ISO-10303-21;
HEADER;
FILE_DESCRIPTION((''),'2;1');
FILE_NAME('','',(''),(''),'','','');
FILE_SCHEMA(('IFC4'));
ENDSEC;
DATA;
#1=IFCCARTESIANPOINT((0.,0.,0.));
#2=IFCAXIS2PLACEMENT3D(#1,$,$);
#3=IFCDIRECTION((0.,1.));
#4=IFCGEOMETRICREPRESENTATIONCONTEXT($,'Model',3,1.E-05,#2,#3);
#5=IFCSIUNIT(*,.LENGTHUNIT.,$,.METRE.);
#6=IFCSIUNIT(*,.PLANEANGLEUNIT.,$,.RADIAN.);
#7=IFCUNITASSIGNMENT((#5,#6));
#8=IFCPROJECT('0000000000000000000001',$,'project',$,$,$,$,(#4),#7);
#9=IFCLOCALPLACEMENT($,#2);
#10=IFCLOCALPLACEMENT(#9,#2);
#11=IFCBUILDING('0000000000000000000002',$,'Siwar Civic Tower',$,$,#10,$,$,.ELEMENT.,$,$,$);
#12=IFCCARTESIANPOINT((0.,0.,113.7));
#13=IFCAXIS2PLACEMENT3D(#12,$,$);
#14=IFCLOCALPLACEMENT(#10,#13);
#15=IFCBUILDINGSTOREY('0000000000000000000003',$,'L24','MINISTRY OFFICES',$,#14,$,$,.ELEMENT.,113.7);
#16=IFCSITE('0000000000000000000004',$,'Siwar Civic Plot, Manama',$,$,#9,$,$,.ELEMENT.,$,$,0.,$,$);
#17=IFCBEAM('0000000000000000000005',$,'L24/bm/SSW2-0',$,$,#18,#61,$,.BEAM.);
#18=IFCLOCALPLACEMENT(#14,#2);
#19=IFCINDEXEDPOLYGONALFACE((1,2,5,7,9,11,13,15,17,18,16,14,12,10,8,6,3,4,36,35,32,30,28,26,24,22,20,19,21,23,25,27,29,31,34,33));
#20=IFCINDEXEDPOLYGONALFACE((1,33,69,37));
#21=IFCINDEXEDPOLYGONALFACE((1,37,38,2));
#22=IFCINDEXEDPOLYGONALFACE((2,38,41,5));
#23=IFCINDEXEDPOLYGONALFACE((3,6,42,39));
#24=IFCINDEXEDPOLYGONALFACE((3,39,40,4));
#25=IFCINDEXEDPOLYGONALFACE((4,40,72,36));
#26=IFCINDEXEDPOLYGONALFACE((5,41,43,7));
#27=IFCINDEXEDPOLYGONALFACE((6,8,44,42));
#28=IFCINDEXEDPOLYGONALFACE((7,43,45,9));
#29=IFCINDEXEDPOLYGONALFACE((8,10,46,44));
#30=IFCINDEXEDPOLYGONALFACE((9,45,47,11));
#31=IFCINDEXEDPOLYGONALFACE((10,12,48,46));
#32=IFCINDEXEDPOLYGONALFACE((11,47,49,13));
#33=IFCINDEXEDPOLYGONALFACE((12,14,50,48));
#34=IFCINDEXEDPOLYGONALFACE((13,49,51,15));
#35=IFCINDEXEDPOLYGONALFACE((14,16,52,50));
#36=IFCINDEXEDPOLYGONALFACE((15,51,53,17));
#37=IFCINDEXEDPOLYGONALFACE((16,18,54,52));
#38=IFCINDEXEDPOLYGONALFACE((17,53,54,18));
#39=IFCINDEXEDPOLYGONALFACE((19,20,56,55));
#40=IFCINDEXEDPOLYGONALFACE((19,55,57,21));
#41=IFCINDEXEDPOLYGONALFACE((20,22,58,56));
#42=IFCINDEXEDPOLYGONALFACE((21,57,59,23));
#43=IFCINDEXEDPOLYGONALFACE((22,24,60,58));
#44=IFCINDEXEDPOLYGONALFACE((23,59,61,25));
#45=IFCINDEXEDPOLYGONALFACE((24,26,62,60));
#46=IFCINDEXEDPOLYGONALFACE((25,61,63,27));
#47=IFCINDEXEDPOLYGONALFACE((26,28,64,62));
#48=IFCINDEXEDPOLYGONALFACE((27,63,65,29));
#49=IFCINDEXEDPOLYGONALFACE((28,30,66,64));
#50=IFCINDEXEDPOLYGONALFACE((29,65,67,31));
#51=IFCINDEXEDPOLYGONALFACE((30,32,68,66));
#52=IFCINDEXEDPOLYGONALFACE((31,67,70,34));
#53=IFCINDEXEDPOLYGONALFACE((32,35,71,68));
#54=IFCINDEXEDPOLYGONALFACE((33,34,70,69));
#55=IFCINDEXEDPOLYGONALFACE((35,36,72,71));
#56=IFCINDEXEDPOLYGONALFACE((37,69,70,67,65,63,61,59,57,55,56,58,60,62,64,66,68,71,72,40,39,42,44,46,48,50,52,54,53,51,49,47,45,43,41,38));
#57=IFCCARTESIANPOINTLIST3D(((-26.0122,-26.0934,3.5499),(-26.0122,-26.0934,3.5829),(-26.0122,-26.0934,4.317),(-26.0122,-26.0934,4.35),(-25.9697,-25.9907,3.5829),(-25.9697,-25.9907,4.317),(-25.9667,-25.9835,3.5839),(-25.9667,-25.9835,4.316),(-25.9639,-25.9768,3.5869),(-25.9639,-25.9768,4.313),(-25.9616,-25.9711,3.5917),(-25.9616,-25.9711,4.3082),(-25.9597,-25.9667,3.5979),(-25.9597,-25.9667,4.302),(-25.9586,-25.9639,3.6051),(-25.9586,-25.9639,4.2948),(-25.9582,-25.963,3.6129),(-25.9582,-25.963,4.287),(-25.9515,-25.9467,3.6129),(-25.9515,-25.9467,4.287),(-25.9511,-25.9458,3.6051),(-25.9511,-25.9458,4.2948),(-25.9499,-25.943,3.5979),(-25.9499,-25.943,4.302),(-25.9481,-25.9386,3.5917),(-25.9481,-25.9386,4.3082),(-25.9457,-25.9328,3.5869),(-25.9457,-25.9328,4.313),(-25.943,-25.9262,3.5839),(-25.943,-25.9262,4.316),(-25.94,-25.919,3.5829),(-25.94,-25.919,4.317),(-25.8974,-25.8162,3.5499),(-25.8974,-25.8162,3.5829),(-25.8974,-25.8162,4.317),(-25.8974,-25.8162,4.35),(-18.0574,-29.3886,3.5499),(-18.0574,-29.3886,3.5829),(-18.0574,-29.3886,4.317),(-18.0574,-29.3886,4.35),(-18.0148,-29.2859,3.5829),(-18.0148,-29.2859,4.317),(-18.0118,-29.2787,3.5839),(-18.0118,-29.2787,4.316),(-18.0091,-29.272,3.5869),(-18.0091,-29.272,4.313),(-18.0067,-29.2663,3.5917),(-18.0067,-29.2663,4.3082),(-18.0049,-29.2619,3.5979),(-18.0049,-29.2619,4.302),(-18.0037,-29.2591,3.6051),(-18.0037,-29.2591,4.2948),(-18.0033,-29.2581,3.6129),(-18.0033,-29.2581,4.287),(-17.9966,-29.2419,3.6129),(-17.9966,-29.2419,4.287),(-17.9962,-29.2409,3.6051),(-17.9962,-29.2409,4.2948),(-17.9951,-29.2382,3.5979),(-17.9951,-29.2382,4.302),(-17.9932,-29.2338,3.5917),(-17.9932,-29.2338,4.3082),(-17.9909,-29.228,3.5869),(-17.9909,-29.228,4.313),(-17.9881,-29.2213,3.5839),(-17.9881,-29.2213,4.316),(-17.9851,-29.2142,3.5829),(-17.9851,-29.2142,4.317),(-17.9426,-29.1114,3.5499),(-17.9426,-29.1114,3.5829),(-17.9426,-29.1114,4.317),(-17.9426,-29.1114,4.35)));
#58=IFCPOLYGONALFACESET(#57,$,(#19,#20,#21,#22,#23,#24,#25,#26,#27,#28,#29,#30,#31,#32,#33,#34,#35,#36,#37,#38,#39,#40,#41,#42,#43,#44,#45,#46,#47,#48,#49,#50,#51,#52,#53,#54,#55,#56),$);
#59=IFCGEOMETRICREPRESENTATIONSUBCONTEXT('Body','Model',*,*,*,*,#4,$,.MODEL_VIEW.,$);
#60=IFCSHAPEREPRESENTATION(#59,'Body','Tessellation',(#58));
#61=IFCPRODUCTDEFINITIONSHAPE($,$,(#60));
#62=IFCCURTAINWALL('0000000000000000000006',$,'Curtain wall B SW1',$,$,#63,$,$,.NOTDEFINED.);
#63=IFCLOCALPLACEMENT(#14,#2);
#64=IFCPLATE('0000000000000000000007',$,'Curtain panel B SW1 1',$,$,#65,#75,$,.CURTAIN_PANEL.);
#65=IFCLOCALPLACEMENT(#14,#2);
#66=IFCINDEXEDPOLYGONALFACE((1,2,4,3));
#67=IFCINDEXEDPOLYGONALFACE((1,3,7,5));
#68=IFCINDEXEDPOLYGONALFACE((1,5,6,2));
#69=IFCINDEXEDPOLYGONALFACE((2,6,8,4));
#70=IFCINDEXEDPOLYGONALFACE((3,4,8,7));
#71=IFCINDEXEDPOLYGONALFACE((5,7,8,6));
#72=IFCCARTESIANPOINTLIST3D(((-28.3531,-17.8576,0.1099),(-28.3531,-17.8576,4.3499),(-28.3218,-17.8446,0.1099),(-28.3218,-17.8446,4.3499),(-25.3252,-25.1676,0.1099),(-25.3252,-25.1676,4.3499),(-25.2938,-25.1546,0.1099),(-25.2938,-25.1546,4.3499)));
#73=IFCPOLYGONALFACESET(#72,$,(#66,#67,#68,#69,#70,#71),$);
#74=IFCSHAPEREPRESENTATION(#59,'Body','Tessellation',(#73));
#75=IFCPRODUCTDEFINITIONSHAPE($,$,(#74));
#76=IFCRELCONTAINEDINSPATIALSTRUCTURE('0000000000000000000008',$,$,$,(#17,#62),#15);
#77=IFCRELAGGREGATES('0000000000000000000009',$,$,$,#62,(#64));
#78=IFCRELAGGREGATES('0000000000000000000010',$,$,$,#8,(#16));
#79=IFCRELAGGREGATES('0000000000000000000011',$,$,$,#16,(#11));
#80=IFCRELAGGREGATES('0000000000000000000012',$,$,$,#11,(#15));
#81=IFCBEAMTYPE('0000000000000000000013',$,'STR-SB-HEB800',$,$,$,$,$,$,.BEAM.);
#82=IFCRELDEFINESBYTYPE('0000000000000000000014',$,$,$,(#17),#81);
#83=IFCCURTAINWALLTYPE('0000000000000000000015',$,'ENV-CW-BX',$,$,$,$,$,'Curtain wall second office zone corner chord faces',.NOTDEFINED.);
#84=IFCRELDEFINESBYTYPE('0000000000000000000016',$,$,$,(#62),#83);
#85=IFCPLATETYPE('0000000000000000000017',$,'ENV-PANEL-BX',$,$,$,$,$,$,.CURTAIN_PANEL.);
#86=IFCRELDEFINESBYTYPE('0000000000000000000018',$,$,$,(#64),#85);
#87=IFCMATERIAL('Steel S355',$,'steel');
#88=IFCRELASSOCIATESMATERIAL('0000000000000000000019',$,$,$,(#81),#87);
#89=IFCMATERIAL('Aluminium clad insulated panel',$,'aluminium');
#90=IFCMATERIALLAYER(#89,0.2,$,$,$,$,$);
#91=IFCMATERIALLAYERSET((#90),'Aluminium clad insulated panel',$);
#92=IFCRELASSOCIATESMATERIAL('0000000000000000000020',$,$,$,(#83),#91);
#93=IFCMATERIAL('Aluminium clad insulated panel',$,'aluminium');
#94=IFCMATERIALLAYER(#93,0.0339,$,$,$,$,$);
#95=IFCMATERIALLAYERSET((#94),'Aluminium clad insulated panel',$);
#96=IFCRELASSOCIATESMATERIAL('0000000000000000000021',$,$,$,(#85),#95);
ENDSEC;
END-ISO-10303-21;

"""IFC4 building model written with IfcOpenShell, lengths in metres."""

from ifc_helpers import new_model, si_unit, direction, frame, origin, origin_2d, place, context, subcontext, project, spatial, rectangle, i_section, extrude, material, layer, layer_set, material_profile, profile_set, type_object, element, aggregate, save


model = new_model("IFC4")

# Units and contexts
model_context = context("Model", 3, precision=1e-05, world=origin(), true_north=direction((0.0, 1.0)))
body_context = subcontext(model_context, "Body", "Model", "MODEL_VIEW")
ifc_project = project(units=[si_unit("LENGTHUNIT", "METRE"), si_unit("PLANEANGLEUNIT", "RADIAN")], contexts=[model_context])

# Site, building, storey
site_placement = place(None, origin())
site = spatial("IfcSite", under=ifc_project, at=site_placement, Name="Siwar Civic Plot, Manama", CompositionType="ELEMENT", RefElevation=0.0)
building_placement = place(site_placement, origin())
building = spatial("IfcBuilding", under=site, at=building_placement, Name="Siwar Civic Tower", CompositionType="ELEMENT")
storey_placement = place(building_placement, frame((0.0, 0.0, 113.7)))
storey = spatial("IfcBuildingStorey", under=building, at=storey_placement, Name="L24", Description="MINISTRY OFFICES", CompositionType="ELEMENT", Elevation=113.7)

# Beam
ifc_material_1 = material(Name="Steel S355", Category="steel")
ifc_material_profile_1 = material_profile(ifc_material_1, i_section(OverallWidth=0.3, OverallDepth=0.8, WebThickness=0.0176, FlangeThickness=0.033, FilletRadius=0.03, at=origin_2d()), Name="HEB800")
ifc_profile_set_1 = profile_set([ifc_material_profile_1], Name="Steel S355")
beam_type_1 = type_object("IfcBeamType", Name="STR-SB-HEB800", PredefinedType="BEAM", material=ifc_profile_set_1)
beam_1_placement = place(storey_placement, frame((-25.9548, -25.9548, 3.95), z_axis=(0.923873, -0.3827, 0.0), x_axis=(0.3827, 0.923873, 0.0)))
element("IfcBeam", 1, at=beam_1_placement, inside=storey, type_object=beam_type_1, Name="L24/bm/SSW2-0", PredefinedType="BEAM", context=body_context, shape_type="SweptSolid", body=[
    extrude(i_section(OverallWidth=0.3, OverallDepth=0.8, WebThickness=0.0176, FlangeThickness=0.033, FilletRadius=0.03, at=origin_2d()), origin(), (0.0, 0.0, 1.0), 8.6104),
])

# Curtain wall, plate
ifc_material_2 = material(Name="Aluminium clad insulated panel", Category="aluminium")
ifc_layer_1 = layer(ifc_material_2, 0.2)
ifc_layer_set_1 = layer_set([ifc_layer_1], Name="Aluminium clad insulated panel")
curtain_wall_type = type_object("IfcCurtainWallType", Name="ENV-CW-BX", ElementType="Curtain wall second office zone corner chord faces", PredefinedType="NOTDEFINED", material=ifc_layer_set_1)
curtain_wall_placement = place(storey_placement, origin())
curtain_wall = element("IfcCurtainWall", 2, at=curtain_wall_placement, inside=storey, type_object=curtain_wall_type, Name="Curtain wall B SW1", PredefinedType="NOTDEFINED")
ifc_material_3 = material(Name="Aluminium clad insulated panel", Category="aluminium")
ifc_layer_2 = layer(ifc_material_3, 0.0339)
ifc_layer_set_2 = layer_set([ifc_layer_2], Name="Aluminium clad insulated panel")
plate_type = type_object("IfcPlateType", Name="ENV-PANEL-BX", PredefinedType="CURTAIN_PANEL", material=ifc_layer_set_2)
plate_placement = place(storey_placement, frame((-26.8235, -21.5061, 0.1099), z_axis=(0.0, 0.0, 1.0), x_axis=(0.382683, -0.92388, 0.0)))
plate = element("IfcPlate", 3, at=plate_placement, type_object=plate_type, Name="Curtain panel B SW1 1", PredefinedType="CURTAIN_PANEL", context=body_context, shape_type="SweptSolid", body=[
    extrude(rectangle(XDim=7.9124, YDim=0.0339, at=origin_2d()), origin(), (0.0, 0.0, 1.0), 4.24),
])
aggregate(curtain_wall, [plate])

save(model, "model.ifc")
